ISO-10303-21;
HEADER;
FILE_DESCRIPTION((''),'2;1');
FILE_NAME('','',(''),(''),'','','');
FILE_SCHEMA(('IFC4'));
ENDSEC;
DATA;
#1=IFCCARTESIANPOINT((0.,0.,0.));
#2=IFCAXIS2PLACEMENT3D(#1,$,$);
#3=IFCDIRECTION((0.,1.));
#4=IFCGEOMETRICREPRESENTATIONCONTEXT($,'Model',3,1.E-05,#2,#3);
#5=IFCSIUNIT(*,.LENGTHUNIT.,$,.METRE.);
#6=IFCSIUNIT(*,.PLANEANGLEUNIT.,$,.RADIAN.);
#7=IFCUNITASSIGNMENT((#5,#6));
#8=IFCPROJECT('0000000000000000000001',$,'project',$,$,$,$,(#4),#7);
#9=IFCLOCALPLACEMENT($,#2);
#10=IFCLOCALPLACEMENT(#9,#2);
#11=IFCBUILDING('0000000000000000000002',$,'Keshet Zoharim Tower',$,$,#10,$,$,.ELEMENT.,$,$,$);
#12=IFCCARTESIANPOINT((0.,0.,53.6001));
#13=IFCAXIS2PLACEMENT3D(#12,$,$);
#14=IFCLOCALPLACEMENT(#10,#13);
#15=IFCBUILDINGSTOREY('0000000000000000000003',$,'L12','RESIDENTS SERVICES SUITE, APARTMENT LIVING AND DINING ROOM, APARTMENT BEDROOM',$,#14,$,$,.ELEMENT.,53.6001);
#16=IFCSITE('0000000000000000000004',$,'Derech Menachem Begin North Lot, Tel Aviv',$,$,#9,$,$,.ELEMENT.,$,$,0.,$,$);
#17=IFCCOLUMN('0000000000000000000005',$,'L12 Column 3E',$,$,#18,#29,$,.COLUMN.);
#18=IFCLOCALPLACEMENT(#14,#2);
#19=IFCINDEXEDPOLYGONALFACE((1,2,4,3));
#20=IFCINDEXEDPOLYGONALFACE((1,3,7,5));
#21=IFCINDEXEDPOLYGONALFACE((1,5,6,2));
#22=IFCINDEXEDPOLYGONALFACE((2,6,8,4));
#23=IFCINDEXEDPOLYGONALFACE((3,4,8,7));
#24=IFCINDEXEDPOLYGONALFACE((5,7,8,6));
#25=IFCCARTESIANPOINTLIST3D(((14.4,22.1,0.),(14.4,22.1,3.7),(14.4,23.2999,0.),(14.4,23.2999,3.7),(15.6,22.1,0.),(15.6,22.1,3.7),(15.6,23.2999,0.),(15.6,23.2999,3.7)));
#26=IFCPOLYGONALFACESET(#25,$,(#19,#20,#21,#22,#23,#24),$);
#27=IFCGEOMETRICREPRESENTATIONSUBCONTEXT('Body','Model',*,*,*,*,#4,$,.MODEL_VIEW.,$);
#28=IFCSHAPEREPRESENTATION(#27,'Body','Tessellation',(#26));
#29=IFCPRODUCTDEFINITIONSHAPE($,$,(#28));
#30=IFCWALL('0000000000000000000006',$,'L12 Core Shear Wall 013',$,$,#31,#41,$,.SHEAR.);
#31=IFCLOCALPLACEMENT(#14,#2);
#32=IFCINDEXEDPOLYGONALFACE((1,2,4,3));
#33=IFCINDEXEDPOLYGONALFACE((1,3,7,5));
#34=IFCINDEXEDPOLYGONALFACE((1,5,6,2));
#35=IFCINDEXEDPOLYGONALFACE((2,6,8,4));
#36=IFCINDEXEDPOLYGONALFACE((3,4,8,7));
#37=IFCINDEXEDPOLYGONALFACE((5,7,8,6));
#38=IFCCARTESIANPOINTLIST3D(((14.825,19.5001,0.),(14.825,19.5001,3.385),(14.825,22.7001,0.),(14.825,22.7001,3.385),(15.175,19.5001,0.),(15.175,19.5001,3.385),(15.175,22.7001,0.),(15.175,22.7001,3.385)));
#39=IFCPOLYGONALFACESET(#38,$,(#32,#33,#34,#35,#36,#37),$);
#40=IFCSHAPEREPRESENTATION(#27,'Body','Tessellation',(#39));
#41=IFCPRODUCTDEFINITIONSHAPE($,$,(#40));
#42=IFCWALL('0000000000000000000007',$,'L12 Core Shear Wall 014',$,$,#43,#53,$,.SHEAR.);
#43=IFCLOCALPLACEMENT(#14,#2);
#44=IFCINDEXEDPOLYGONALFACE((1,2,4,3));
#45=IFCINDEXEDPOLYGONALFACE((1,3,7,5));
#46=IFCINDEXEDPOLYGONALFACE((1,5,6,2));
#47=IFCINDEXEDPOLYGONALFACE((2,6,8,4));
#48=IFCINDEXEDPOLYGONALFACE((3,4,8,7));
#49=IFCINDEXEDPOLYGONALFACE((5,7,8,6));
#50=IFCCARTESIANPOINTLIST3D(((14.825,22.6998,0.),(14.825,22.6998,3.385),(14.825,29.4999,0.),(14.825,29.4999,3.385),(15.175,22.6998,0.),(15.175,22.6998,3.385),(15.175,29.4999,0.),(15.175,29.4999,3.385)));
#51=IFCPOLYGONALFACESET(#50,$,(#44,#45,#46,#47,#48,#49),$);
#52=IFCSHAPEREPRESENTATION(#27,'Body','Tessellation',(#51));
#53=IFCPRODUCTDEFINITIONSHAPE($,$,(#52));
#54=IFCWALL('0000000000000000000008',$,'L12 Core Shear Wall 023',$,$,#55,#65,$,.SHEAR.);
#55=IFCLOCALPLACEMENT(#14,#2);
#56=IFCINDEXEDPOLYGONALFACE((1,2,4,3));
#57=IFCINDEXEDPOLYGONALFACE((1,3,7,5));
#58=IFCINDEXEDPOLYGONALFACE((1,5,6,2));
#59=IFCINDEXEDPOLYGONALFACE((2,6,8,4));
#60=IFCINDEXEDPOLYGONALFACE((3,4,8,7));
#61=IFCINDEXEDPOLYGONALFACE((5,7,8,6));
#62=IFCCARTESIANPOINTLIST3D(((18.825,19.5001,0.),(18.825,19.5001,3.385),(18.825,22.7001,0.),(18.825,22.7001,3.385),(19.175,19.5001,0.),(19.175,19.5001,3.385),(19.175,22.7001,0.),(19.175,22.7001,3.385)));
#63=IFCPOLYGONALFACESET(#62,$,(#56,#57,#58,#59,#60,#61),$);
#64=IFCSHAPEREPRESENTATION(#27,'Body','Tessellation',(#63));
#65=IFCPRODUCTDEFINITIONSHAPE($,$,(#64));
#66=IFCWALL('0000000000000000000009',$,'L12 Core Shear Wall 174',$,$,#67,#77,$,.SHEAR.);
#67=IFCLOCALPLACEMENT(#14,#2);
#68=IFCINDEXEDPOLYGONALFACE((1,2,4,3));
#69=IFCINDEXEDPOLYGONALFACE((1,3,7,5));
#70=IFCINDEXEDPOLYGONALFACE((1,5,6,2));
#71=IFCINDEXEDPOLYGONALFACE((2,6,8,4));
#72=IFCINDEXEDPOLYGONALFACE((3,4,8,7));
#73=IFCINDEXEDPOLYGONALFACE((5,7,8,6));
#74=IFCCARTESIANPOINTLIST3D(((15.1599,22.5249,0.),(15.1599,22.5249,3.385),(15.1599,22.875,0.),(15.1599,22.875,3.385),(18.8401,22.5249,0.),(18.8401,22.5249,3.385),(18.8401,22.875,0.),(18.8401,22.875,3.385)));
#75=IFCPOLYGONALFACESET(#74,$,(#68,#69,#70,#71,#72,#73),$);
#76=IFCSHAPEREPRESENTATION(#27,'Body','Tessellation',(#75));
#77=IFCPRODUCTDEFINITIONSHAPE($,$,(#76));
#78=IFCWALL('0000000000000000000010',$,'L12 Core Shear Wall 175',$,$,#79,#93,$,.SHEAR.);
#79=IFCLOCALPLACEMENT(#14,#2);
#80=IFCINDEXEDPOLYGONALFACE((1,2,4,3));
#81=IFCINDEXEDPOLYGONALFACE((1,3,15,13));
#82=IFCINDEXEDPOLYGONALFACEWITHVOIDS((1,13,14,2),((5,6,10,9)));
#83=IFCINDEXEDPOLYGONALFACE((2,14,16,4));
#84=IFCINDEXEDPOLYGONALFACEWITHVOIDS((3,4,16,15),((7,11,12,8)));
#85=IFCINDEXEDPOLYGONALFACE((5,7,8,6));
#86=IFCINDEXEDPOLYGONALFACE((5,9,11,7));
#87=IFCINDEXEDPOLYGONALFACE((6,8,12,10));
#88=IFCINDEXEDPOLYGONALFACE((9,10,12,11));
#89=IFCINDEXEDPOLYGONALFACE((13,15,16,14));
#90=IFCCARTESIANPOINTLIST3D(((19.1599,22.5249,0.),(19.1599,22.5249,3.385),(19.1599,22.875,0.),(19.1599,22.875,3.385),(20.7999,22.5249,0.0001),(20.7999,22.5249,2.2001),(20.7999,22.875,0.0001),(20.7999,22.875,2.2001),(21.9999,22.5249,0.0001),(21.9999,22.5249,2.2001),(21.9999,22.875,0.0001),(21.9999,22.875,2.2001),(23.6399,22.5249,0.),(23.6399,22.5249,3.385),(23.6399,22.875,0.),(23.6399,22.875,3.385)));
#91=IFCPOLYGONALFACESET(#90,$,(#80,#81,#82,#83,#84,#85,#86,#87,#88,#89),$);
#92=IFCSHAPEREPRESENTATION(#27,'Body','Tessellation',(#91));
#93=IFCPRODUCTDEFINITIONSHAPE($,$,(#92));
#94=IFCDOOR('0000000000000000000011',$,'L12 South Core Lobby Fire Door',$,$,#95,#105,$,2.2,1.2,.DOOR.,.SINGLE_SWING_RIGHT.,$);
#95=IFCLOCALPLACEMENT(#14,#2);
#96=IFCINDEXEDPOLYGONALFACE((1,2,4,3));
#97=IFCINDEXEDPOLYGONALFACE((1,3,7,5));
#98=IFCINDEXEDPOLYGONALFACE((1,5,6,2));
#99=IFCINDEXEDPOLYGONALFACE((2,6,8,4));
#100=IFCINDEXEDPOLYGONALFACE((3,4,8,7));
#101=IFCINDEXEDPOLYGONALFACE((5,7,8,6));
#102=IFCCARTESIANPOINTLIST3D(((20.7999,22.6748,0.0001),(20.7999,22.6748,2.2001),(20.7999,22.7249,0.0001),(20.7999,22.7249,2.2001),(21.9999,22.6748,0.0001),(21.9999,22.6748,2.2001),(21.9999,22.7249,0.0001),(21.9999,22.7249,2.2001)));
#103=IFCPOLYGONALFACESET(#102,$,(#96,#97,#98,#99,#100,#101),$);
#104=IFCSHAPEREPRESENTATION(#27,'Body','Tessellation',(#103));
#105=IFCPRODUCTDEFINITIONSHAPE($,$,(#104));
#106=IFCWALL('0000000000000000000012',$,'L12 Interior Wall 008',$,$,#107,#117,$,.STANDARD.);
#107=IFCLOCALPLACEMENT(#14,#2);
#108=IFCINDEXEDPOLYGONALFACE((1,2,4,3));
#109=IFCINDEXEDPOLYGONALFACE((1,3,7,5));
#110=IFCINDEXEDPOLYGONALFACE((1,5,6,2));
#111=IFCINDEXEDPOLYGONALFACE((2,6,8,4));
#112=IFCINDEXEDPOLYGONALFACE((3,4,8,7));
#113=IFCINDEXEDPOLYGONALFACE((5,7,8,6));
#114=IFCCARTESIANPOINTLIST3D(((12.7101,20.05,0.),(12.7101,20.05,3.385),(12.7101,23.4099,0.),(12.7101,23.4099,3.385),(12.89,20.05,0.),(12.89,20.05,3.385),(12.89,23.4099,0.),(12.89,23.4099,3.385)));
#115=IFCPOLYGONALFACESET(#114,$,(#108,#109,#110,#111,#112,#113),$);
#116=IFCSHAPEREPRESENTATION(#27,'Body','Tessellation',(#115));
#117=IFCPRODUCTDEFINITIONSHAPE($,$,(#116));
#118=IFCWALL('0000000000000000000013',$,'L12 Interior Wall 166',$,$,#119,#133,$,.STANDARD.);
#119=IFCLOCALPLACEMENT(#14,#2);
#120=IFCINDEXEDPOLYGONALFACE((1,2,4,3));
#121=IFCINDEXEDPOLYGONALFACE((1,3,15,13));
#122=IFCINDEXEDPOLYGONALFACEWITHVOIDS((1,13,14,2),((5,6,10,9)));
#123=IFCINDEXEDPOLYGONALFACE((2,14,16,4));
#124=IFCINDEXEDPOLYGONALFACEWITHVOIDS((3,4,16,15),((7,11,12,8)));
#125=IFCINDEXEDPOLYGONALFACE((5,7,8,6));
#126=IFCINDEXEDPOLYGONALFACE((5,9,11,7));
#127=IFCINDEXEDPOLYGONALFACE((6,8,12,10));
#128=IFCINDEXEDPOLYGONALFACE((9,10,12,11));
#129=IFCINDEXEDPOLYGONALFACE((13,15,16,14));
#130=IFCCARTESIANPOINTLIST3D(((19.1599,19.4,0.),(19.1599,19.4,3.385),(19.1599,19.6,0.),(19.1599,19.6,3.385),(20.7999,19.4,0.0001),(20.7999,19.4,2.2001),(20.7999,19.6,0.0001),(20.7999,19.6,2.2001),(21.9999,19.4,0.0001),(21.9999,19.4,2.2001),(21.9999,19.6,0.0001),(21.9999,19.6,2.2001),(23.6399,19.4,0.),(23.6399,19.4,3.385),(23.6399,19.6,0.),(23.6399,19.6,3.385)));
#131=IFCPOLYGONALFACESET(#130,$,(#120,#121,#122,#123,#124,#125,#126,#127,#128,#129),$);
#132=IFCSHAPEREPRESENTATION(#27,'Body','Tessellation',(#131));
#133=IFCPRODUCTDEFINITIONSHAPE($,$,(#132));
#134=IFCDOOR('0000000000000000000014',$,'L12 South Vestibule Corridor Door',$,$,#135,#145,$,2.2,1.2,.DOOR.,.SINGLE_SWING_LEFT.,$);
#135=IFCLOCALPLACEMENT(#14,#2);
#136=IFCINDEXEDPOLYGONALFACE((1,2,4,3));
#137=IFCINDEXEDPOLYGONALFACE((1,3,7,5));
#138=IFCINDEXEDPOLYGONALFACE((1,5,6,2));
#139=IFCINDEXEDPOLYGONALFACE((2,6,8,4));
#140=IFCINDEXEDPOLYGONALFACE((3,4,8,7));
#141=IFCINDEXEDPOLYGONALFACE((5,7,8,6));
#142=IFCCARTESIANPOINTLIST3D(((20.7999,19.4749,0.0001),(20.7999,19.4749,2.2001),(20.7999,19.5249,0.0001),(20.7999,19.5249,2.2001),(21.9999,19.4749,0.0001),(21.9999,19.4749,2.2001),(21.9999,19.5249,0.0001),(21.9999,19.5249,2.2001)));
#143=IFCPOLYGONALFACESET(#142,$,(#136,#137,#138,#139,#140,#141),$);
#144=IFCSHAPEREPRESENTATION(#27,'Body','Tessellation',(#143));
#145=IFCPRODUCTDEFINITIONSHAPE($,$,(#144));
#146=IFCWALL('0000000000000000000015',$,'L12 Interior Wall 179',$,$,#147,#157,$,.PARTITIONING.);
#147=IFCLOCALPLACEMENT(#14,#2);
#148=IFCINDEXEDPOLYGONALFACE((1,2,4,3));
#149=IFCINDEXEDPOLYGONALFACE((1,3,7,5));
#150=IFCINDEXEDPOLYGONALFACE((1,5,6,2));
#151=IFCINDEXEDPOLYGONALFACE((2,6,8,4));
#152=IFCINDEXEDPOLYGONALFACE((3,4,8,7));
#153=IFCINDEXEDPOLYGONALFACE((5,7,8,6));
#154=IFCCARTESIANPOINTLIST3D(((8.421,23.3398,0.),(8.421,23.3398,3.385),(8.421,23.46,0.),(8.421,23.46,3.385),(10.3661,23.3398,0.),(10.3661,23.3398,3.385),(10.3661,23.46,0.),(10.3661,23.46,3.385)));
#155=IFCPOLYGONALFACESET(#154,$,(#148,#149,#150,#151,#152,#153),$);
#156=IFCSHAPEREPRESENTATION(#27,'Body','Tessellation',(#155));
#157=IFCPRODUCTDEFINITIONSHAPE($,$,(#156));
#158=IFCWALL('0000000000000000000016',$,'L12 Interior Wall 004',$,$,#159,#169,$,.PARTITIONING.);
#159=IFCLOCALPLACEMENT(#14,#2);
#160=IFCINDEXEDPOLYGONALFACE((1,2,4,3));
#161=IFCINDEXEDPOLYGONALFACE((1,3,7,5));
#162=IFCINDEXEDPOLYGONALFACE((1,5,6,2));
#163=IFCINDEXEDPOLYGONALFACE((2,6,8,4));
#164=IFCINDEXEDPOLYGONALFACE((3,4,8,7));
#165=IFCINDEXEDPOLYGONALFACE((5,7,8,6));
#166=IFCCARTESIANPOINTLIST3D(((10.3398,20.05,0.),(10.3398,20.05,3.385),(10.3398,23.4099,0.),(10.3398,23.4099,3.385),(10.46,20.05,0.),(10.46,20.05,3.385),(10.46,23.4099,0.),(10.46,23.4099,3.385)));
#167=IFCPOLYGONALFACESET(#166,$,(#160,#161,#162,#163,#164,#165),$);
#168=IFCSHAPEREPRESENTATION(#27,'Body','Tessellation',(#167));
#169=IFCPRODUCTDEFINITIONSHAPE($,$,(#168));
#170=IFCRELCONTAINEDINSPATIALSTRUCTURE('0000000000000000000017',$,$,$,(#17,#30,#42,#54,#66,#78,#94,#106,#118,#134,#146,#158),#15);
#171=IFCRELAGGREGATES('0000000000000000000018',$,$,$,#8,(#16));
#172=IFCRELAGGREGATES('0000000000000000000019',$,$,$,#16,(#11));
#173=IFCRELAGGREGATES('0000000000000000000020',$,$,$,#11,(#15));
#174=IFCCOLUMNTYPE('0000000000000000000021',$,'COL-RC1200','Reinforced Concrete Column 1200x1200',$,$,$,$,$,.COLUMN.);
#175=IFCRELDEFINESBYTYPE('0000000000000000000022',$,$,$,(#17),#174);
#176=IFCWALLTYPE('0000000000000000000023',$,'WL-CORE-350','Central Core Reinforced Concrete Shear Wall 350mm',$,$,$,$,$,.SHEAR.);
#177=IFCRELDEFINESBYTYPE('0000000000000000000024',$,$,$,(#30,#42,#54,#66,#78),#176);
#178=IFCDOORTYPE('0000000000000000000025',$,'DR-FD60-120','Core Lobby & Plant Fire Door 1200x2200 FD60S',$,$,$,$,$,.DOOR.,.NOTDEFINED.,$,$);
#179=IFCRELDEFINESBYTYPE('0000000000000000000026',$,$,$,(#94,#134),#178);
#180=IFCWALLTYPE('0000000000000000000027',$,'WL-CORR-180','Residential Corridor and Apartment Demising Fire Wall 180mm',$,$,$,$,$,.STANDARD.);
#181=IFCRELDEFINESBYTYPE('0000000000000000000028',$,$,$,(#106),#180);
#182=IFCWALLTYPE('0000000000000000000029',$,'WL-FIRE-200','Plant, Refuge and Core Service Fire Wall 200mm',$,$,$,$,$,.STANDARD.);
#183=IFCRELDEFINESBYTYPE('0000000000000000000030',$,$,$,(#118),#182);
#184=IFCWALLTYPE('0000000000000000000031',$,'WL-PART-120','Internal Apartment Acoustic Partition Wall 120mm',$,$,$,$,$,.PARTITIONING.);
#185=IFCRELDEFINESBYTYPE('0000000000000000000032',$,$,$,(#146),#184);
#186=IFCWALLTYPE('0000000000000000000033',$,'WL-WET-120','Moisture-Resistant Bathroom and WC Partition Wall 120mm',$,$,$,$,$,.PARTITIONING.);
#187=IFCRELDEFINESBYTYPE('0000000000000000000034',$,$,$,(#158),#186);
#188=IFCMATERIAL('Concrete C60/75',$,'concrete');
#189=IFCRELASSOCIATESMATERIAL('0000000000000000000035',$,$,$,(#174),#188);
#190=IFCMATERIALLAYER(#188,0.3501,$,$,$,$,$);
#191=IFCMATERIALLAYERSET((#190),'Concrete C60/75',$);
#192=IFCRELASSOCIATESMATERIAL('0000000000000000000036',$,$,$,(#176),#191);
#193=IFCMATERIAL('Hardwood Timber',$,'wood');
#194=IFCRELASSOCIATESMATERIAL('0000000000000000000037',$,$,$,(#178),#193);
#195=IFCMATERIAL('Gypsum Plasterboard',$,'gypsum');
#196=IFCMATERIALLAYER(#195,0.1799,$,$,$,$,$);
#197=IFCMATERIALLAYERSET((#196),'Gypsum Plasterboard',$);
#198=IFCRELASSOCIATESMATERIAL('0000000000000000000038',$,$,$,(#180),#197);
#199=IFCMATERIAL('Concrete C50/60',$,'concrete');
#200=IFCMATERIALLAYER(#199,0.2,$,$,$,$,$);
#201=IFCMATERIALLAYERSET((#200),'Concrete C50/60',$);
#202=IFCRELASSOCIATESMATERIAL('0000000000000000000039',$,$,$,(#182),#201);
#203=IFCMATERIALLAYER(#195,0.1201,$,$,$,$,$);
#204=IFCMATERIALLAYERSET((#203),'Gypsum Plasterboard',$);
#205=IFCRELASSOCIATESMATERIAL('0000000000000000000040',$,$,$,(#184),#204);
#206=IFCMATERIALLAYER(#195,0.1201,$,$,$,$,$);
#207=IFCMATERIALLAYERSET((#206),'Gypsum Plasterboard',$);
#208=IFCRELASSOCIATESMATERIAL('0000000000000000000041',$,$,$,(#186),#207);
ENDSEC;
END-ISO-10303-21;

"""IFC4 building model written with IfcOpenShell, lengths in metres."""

from ifc_helpers import new_model, si_unit, direction, frame, frame_2d, origin, origin_2d, place, context, subcontext, project, spatial, rectangle, extrude, material, layer, layer_set, material_profile, profile_set, type_object, element, fill, save


model = new_model("IFC4")

# Units and contexts
model_context = context("Model", 3, precision=1e-05, world=origin(), true_north=direction((0.0, 1.0)))
body_context = subcontext(model_context, "Body", "Model", "MODEL_VIEW")
ifc_project = project(units=[si_unit("LENGTHUNIT", "METRE"), si_unit("PLANEANGLEUNIT", "RADIAN")], contexts=[model_context])

# Site, building, storey
site_placement = place(None, origin())
site = spatial("IfcSite", under=ifc_project, at=site_placement, Name="Derech Menachem Begin North Lot, Tel Aviv", CompositionType="ELEMENT", RefElevation=0.0)
building_placement = place(site_placement, origin())
building = spatial("IfcBuilding", under=site, at=building_placement, Name="Keshet Zoharim Tower", CompositionType="ELEMENT")
storey_placement = place(building_placement, frame((0.0, 0.0, 53.6001)))
storey = spatial("IfcBuildingStorey", under=building, at=storey_placement, Name="L12", Description="RESIDENTS SERVICES SUITE, APARTMENT LIVING AND DINING ROOM, APARTMENT BEDROOM", CompositionType="ELEMENT", Elevation=53.6001)

# Column
ifc_material_1 = material(Name="Concrete C60/75", Category="concrete")
ifc_material_profile = material_profile(ifc_material_1, rectangle(XDim=1.2, YDim=1.2, at=origin_2d()), Name="RC1200x1200")
ifc_profile_set = profile_set([ifc_material_profile], Name="Concrete C60/75")
column_type = type_object("IfcColumnType", Name="COL-RC1200", Description="Reinforced Concrete Column 1200x1200", PredefinedType="COLUMN", material=ifc_profile_set)
column_placement = place(storey_placement, frame((15.0, 22.7, 0.0), z_axis=(0.0, 0.0, 1.0), x_axis=(1.0, 0.0, 0.0)))
element("IfcColumn", 1, at=column_placement, inside=storey, type_object=column_type, Name="L12 Column 3E", PredefinedType="COLUMN", context=body_context, shape_type="SweptSolid", body=[
    extrude(rectangle(XDim=1.2, YDim=1.2, at=origin_2d()), origin(), (0.0, 0.0, 1.0), 3.7),
])

# Walls
ifc_layer_1 = layer(ifc_material_1, 0.3501)
ifc_layer_set_1 = layer_set([ifc_layer_1], Name="Concrete C60/75")
wall_type_1 = type_object("IfcWallType", Name="WL-CORE-350", Description="Central Core Reinforced Concrete Shear Wall 350mm", PredefinedType="SHEAR", material=ifc_layer_set_1)
wall_1_placement = place(storey_placement, frame((15.0, 19.5, 0.0), z_axis=(0.0, 0.0, 1.0), x_axis=(0.0, 1.0, 0.0)))
element("IfcWall", 2, at=wall_1_placement, inside=storey, type_object=wall_type_1, Name="L12 Core Shear Wall 013", PredefinedType="SHEAR", context=body_context, shape_type="SweptSolid", body=[
    extrude(rectangle(XDim=3.2, YDim=0.3501, at=frame_2d((1.6001, 0.0))), origin(), (0.0, 0.0, 1.0), 3.385),
])
wall_2_placement = place(storey_placement, frame((15.0, 22.7, 0.0), z_axis=(0.0, 0.0, 1.0), x_axis=(0.0, 1.0, 0.0)))
element("IfcWall", 3, at=wall_2_placement, inside=storey, type_object=wall_type_1, Name="L12 Core Shear Wall 014", PredefinedType="SHEAR", context=body_context, shape_type="SweptSolid", body=[
    extrude(rectangle(XDim=6.8, YDim=0.3501, at=frame_2d((3.3999, 0.0))), origin(), (0.0, 0.0, 1.0), 3.385),
])
wall_3_placement = place(storey_placement, frame((19.0, 19.5, 0.0), z_axis=(0.0, 0.0, 1.0), x_axis=(0.0, 1.0, 0.0)))
element("IfcWall", 4, at=wall_3_placement, inside=storey, type_object=wall_type_1, Name="L12 Core Shear Wall 023", PredefinedType="SHEAR", context=body_context, shape_type="SweptSolid", body=[
    extrude(rectangle(XDim=3.2, YDim=0.3501, at=frame_2d((1.6001, 0.0))), origin(), (0.0, 0.0, 1.0), 3.385),
])

# Shared definitions
ifc_material_2 = material(Name="Hardwood Timber", Category="wood")

# Wall
wall_4_placement = place(storey_placement, frame((15.1599, 22.7, 0.0), z_axis=(0.0, 0.0, 1.0), x_axis=(1.0, 0.0, 0.0)))
element("IfcWall", 5, at=wall_4_placement, inside=storey, type_object=wall_type_1, Name="L12 Core Shear Wall 174", PredefinedType="SHEAR", context=body_context, shape_type="SweptSolid", body=[
    extrude(rectangle(XDim=3.6802, YDim=0.3501, at=frame_2d((1.8401, 0.0))), origin(), (0.0, 0.0, 1.0), 3.385),
])

# Wall, opening, door
wall_5_placement = place(storey_placement, frame((19.1599, 22.7, 0.0), z_axis=(0.0, 0.0, 1.0), x_axis=(1.0, 0.0, 0.0)))
wall_5 = element("IfcWall", 6, at=wall_5_placement, inside=storey, type_object=wall_type_1, Name="L12 Core Shear Wall 175", PredefinedType="SHEAR", context=body_context, shape_type="SweptSolid", body=[
    extrude(rectangle(XDim=4.48, YDim=0.3501, at=frame_2d((2.24, 0.0))), origin(), (0.0, 0.0, 1.0), 3.385),
])
opening_1_placement = place(wall_5_placement, frame((1.6399, 0.0, 0.0)))
opening_1 = element("IfcOpeningElement", 7, at=opening_1_placement, cuts=wall_5, PredefinedType="OPENING", context=body_context, shape_type="SweptSolid", body=[
    extrude(rectangle(XDim=1.2, YDim=2.2, at=frame_2d((0.6001, 1.1001))), frame((0.0, 0.1851, 0.0), z_axis=(0.0, -1.0, 0.0), x_axis=(1.0, 0.0, 0.0)), (0.0, 0.0, 1.0), 0.3701),
])
door_type_1 = type_object("IfcDoorType", Name="DR-FD60-120", Description="Core Lobby & Plant Fire Door 1200x2200 FD60S", OperationType="NOTDEFINED", PredefinedType="DOOR", material=ifc_material_2)
door_1_placement = place(opening_1_placement, origin())
door_1 = element("IfcDoor", 8, at=door_1_placement, inside=storey, type_object=door_type_1, Name="L12 South Core Lobby Fire Door", OperationType="SINGLE_SWING_RIGHT", OverallHeight=2.2, OverallWidth=1.2, PredefinedType="DOOR", context=body_context, shape_type="SweptSolid", body=[
    extrude(rectangle(XDim=1.2, YDim=2.2, at=frame_2d((0.6001, 1.1001))), frame((0.0, 0.0249, 0.0), z_axis=(0.0, -1.0, 0.0), x_axis=(1.0, 0.0, 0.0)), (0.0, 0.0, 1.0), 0.05),
])
fill(opening_1, door_1)

# Wall
ifc_material_3 = material(Name="Gypsum Plasterboard", Category="gypsum")
ifc_layer_2 = layer(ifc_material_3, 0.1799)
ifc_layer_set_2 = layer_set([ifc_layer_2], Name="Gypsum Plasterboard")
wall_type_2 = type_object("IfcWallType", Name="WL-CORR-180", Description="Residential Corridor and Apartment Demising Fire Wall 180mm", PredefinedType="STANDARD", material=ifc_layer_set_2)
wall_6_placement = place(storey_placement, frame((12.8, 20.05, 0.0), z_axis=(0.0, 0.0, 1.0), x_axis=(0.0, 1.0, 0.0)))
element("IfcWall", 9, at=wall_6_placement, inside=storey, type_object=wall_type_2, Name="L12 Interior Wall 008", PredefinedType="STANDARD", context=body_context, shape_type="SweptSolid", body=[
    extrude(rectangle(XDim=3.3599, YDim=0.1799, at=frame_2d((1.6799, 0.0))), origin(), (0.0, 0.0, 1.0), 3.385),
])

# Wall, opening, door
ifc_material_4 = material(Name="Concrete C50/60", Category="concrete")
ifc_layer_3 = layer(ifc_material_4, 0.2)
ifc_layer_set_3 = layer_set([ifc_layer_3], Name="Concrete C50/60")
wall_type_3 = type_object("IfcWallType", Name="WL-FIRE-200", Description="Plant, Refuge and Core Service Fire Wall 200mm", PredefinedType="STANDARD", material=ifc_layer_set_3)
wall_7_placement = place(storey_placement, frame((19.1599, 19.5, 0.0), z_axis=(0.0, 0.0, 1.0), x_axis=(1.0, 0.0, 0.0)))
wall_7 = element("IfcWall", 10, at=wall_7_placement, inside=storey, type_object=wall_type_3, Name="L12 Interior Wall 166", PredefinedType="STANDARD", context=body_context, shape_type="SweptSolid", body=[
    extrude(rectangle(XDim=4.48, YDim=0.2, at=frame_2d((2.24, 0.0))), origin(), (0.0, 0.0, 1.0), 3.385),
])
opening_2_placement = place(wall_7_placement, frame((1.6399, 0.0, 0.0)))
opening_2 = element("IfcOpeningElement", 11, at=opening_2_placement, cuts=wall_7, PredefinedType="OPENING", context=body_context, shape_type="SweptSolid", body=[
    extrude(rectangle(XDim=1.2, YDim=2.2, at=frame_2d((0.6001, 1.1001))), frame((0.0, 0.1099, 0.0), z_axis=(0.0, -1.0, 0.0), x_axis=(1.0, 0.0, 0.0)), (0.0, 0.0, 1.0), 0.22),
])
door_2_placement = place(opening_2_placement, origin())
door_2 = element("IfcDoor", 12, at=door_2_placement, inside=storey, type_object=door_type_1, Name="L12 South Vestibule Corridor Door", OperationType="SINGLE_SWING_LEFT", OverallHeight=2.2, OverallWidth=1.2, PredefinedType="DOOR", context=body_context, shape_type="SweptSolid", body=[
    extrude(rectangle(XDim=1.2, YDim=2.2, at=frame_2d((0.6001, 1.1001))), frame((0.0, 0.0249, 0.0), z_axis=(0.0, -1.0, 0.0), x_axis=(1.0, 0.0, 0.0)), (0.0, 0.0, 1.0), 0.05),
])
fill(opening_2, door_2)

# Walls
ifc_layer_4 = layer(ifc_material_3, 0.1201)
ifc_layer_set_4 = layer_set([ifc_layer_4], Name="Gypsum Plasterboard")
wall_type_4 = type_object("IfcWallType", Name="WL-PART-120", Description="Internal Apartment Acoustic Partition Wall 120mm", PredefinedType="PARTITIONING", material=ifc_layer_set_4)
wall_8_placement = place(storey_placement, frame((8.4209, 23.3999, 0.0), z_axis=(0.0, 0.0, 1.0), x_axis=(1.0, 0.0, 0.0)))
element("IfcWall", 13, at=wall_8_placement, inside=storey, type_object=wall_type_4, Name="L12 Interior Wall 179", PredefinedType="PARTITIONING", context=body_context, shape_type="SweptSolid", body=[
    extrude(rectangle(XDim=1.9451, YDim=0.1201, at=frame_2d((0.9727, 0.0))), origin(), (0.0, 0.0, 1.0), 3.385),
])
ifc_layer_5 = layer(ifc_material_3, 0.1201)
ifc_layer_set_5 = layer_set([ifc_layer_5], Name="Gypsum Plasterboard")
wall_type_5 = type_object("IfcWallType", Name="WL-WET-120", Description="Moisture-Resistant Bathroom and WC Partition Wall 120mm", PredefinedType="PARTITIONING", material=ifc_layer_set_5)
wall_9_placement = place(storey_placement, frame((10.3999, 20.05, 0.0), z_axis=(0.0, 0.0, 1.0), x_axis=(0.0, 1.0, 0.0)))
element("IfcWall", 14, at=wall_9_placement, inside=storey, type_object=wall_type_5, Name="L12 Interior Wall 004", PredefinedType="PARTITIONING", context=body_context, shape_type="SweptSolid", body=[
    extrude(rectangle(XDim=3.3599, YDim=0.1201, at=frame_2d((1.6799, 0.0))), origin(), (0.0, 0.0, 1.0), 3.385),
])

save(model, "model.ifc")
